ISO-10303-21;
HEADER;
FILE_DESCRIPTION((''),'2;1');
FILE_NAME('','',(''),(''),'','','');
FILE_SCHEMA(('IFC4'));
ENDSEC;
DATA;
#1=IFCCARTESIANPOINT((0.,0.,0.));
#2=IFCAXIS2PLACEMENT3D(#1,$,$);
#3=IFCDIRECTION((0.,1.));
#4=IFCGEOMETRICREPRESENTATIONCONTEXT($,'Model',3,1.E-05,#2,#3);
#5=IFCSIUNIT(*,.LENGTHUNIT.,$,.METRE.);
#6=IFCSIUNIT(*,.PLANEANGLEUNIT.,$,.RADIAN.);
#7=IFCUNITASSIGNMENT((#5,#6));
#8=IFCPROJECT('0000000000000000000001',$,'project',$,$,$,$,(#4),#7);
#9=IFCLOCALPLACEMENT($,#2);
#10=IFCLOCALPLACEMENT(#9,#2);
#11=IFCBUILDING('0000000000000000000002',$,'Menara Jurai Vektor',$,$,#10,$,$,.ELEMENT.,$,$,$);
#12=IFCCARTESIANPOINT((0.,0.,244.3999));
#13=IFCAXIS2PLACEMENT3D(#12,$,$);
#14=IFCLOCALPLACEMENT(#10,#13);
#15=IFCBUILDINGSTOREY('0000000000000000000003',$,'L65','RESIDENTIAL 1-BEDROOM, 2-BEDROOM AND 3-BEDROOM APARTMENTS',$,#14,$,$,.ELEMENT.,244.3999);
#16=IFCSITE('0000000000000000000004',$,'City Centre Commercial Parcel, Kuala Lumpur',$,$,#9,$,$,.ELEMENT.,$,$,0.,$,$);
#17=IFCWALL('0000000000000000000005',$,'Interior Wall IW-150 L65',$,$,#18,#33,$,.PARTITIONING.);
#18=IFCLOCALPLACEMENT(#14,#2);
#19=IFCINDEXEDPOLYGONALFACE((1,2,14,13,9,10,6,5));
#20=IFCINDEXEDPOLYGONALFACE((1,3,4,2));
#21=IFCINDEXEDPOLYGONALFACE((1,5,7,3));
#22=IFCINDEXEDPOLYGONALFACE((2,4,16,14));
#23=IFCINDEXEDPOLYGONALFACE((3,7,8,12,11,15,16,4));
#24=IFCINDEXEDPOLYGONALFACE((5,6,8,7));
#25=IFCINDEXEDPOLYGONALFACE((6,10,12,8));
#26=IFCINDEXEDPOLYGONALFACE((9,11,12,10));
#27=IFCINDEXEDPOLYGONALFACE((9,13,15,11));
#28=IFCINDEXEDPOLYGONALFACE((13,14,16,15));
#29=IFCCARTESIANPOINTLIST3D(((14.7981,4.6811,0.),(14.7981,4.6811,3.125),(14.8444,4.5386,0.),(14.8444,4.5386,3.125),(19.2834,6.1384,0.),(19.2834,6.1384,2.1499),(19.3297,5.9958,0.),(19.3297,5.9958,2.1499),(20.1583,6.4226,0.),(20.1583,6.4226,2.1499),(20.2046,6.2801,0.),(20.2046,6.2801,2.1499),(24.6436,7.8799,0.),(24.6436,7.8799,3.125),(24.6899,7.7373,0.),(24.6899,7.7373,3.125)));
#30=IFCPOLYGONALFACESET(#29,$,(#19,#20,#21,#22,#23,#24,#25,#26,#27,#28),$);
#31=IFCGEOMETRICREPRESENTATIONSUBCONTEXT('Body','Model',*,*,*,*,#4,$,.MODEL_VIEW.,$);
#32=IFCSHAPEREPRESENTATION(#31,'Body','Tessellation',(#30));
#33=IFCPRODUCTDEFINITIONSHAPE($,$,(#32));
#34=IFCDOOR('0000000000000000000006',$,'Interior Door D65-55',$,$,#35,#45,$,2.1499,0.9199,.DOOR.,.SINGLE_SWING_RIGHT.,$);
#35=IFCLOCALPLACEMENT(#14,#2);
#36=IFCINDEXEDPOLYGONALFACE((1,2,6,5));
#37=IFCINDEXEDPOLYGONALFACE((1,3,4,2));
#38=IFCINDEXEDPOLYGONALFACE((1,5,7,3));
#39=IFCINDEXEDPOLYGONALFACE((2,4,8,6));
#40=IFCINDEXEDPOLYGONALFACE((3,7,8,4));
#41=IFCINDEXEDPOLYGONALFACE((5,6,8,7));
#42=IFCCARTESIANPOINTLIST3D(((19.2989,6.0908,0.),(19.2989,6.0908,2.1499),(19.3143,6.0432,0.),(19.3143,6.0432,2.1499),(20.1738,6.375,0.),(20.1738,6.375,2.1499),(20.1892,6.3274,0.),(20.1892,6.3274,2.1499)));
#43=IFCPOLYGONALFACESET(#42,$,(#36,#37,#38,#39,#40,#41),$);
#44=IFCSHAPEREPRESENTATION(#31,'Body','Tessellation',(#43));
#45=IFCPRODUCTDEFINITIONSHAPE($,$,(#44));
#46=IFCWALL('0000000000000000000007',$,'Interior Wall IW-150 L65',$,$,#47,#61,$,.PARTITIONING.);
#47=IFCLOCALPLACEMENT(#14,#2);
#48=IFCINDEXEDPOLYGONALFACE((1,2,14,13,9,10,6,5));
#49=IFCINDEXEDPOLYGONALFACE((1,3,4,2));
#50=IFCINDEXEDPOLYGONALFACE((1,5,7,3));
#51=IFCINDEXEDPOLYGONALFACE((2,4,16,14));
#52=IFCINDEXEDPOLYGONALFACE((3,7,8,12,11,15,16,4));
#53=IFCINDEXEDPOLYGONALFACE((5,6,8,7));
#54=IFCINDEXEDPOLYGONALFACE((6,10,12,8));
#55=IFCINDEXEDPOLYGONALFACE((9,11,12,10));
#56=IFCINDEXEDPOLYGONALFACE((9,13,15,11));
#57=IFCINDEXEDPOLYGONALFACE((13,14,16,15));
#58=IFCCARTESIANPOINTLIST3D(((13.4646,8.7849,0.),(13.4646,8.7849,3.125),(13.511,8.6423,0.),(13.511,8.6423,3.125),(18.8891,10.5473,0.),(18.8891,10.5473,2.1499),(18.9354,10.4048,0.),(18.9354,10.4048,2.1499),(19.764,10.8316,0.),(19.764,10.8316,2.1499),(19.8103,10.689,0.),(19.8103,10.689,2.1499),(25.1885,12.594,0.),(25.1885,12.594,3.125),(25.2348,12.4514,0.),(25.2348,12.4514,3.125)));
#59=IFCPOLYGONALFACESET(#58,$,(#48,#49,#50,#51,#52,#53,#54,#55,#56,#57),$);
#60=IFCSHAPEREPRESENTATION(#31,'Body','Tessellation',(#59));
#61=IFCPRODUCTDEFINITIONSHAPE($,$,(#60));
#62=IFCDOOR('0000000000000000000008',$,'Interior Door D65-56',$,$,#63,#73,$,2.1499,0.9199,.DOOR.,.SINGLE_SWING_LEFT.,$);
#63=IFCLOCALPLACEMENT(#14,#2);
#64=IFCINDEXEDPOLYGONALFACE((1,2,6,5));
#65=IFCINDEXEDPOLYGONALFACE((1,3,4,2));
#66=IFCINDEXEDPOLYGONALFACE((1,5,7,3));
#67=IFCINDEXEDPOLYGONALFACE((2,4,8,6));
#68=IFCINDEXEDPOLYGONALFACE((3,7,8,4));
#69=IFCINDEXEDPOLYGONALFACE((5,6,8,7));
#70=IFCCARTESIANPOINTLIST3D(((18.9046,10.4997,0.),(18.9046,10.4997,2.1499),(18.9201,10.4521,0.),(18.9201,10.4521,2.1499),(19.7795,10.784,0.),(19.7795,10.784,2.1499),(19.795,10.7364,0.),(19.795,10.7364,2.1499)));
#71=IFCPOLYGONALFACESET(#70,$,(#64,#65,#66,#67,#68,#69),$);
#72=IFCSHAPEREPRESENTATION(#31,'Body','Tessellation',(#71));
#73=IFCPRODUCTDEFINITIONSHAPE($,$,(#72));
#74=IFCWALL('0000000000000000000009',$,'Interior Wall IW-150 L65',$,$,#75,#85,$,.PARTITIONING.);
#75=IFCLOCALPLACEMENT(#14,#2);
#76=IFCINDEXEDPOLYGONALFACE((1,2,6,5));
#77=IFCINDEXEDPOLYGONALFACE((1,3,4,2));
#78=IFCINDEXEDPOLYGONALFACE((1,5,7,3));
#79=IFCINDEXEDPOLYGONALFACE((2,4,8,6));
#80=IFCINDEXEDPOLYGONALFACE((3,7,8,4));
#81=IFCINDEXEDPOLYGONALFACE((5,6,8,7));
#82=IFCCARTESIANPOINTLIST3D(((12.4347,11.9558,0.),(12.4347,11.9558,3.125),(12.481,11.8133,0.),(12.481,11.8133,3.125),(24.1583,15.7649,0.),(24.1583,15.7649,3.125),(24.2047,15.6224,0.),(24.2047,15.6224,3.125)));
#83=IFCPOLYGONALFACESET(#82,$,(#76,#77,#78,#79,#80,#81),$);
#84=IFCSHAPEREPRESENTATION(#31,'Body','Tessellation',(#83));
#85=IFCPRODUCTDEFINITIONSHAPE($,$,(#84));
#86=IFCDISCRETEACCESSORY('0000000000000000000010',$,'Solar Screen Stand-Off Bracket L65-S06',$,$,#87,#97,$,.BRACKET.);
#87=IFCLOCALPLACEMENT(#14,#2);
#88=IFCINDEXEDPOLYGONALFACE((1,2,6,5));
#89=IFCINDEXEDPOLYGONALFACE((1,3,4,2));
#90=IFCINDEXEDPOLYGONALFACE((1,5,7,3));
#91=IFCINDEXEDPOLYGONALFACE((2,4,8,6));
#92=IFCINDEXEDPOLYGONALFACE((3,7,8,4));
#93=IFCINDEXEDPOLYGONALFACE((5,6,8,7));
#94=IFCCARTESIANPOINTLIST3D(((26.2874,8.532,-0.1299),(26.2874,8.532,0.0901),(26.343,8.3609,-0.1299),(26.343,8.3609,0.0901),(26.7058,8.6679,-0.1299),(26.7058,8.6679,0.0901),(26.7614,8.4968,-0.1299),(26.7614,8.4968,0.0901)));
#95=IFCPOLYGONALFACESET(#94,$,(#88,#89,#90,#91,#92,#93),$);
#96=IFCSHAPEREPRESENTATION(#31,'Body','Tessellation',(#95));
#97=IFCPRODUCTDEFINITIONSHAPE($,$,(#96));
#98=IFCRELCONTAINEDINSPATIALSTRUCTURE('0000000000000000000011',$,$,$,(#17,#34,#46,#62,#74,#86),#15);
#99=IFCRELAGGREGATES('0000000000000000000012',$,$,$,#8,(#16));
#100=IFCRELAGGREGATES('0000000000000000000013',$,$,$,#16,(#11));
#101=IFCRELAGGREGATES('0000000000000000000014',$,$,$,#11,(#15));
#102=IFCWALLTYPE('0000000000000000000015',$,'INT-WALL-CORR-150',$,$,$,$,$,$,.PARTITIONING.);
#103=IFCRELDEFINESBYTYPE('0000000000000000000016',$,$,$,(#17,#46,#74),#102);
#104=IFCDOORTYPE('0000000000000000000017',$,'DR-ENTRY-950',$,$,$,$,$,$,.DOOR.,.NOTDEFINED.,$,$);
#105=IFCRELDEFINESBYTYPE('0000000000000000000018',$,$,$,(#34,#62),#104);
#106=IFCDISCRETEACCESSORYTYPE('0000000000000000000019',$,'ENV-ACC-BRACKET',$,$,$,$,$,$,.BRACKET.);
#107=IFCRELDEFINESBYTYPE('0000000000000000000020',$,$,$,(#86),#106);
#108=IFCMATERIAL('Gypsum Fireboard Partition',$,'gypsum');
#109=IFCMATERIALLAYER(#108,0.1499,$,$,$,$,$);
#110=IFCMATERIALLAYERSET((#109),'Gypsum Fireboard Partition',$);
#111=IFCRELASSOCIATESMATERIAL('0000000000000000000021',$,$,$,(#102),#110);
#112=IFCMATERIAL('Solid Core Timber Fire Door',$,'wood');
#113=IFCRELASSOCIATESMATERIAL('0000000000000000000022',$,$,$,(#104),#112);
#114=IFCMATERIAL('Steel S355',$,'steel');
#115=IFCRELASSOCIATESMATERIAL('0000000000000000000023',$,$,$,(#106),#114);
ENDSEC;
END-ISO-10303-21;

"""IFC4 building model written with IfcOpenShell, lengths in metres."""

from ifc_helpers import new_model, si_unit, direction, frame, frame_2d, origin, origin_2d, place, context, subcontext, project, spatial, rectangle, extrude, material, layer, layer_set, type_object, element, fill, save


model = new_model("IFC4")

# Units and contexts
model_context = context("Model", 3, precision=1e-05, world=origin(), true_north=direction((0.0, 1.0)))
body_context = subcontext(model_context, "Body", "Model", "MODEL_VIEW")
ifc_project = project(units=[si_unit("LENGTHUNIT", "METRE"), si_unit("PLANEANGLEUNIT", "RADIAN")], contexts=[model_context])

# Site, building, storey
site_placement = place(None, origin())
site = spatial("IfcSite", under=ifc_project, at=site_placement, Name="City Centre Commercial Parcel, Kuala Lumpur", CompositionType="ELEMENT", RefElevation=0.0)
building_placement = place(site_placement, origin())
building = spatial("IfcBuilding", under=site, at=building_placement, Name="Menara Jurai Vektor", CompositionType="ELEMENT")
storey_placement = place(building_placement, frame((0.0, 0.0, 244.3999)))
storey = spatial("IfcBuildingStorey", under=building, at=storey_placement, Name="L65", Description="RESIDENTIAL 1-BEDROOM, 2-BEDROOM AND 3-BEDROOM APARTMENTS", CompositionType="ELEMENT", Elevation=244.3999)

# Shared definitions
ifc_material_1 = material(Name="Steel S355", Category="steel")

# Shared definitions
ifc_material_2 = material(Name="Gypsum Fireboard Partition", Category="gypsum")
ifc_layer_1 = layer(ifc_material_2, 0.1499)
ifc_layer_set_1 = layer_set([ifc_layer_1], Name="Gypsum Fireboard Partition")
wall_type = type_object("IfcWallType", Name="INT-WALL-CORR-150", PredefinedType="PARTITIONING", material=ifc_layer_set_1)
ifc_material_3 = material(Name="Solid Core Timber Fire Door", Category="wood")
door_type = type_object("IfcDoorType", Name="DR-ENTRY-950", OperationType="NOTDEFINED", PredefinedType="DOOR", material=ifc_material_3)

# Walls, openings, doors
wall_1_placement = place(storey_placement, frame((14.8213, 4.6099, 0.0), z_axis=(0.0, 0.0, 1.0), x_axis=(0.951064, 0.308995, 0.0)))
wall_1 = element("IfcWall", 1, at=wall_1_placement, inside=storey, type_object=wall_type, Name="Interior Wall IW-150 L65", PredefinedType="PARTITIONING", context=body_context, shape_type="SweptSolid", body=[
    extrude(rectangle(XDim=10.3521, YDim=0.1499, at=frame_2d((5.176, 0.0))), origin(), (0.0, 0.0, 1.0), 3.125),
])
opening_1_placement = place(wall_1_placement, frame((4.7161, 0.0, 0.0)))
opening_1 = element("IfcOpeningElement", 2, at=opening_1_placement, cuts=wall_1, PredefinedType="OPENING", context=body_context, shape_type="SweptSolid", body=[
    extrude(rectangle(XDim=0.9199, YDim=2.1499, at=frame_2d((0.46, 1.075))), frame((0.0, 0.085, 0.0), z_axis=(0.0, -1.0, 0.0), x_axis=(1.0, 0.0, 0.0)), (0.0, 0.0, 1.0), 0.1699),
])
door_1_placement = place(opening_1_placement, origin())
door_1 = element("IfcDoor", 3, at=door_1_placement, inside=storey, type_object=door_type, Name="Interior Door D65-55", OperationType="SINGLE_SWING_RIGHT", OverallHeight=2.1499, OverallWidth=0.9199, PredefinedType="DOOR", context=body_context, shape_type="SweptSolid", body=[
    extrude(rectangle(XDim=0.9199, YDim=2.1499, at=frame_2d((0.46, 1.075))), frame((0.0, 0.0249, 0.0), z_axis=(0.0, -1.0, 0.0), x_axis=(1.0, 0.0, 0.0)), (0.0, 0.0, 1.0), 0.05),
])
fill(opening_1, door_1)
wall_2_placement = place(storey_placement, frame((13.4878, 8.7136, 0.0), z_axis=(0.0, 0.0, 1.0), x_axis=(0.951062, 0.309, 0.0)))
wall_2 = element("IfcWall", 4, at=wall_2_placement, inside=storey, type_object=wall_type, Name="Interior Wall IW-150 L65", PredefinedType="PARTITIONING", context=body_context, shape_type="SweptSolid", body=[
    extrude(rectangle(XDim=12.3271, YDim=0.1499, at=frame_2d((6.1636, 0.0))), origin(), (0.0, 0.0, 1.0), 3.125),
])
opening_2_placement = place(wall_2_placement, frame((5.7036, 0.0, 0.0)))
opening_2 = element("IfcOpeningElement", 5, at=opening_2_placement, cuts=wall_2, PredefinedType="OPENING", context=body_context, shape_type="SweptSolid", body=[
    extrude(rectangle(XDim=0.9199, YDim=2.1499, at=frame_2d((0.46, 1.075))), frame((0.0, 0.085, 0.0), z_axis=(0.0, -1.0, 0.0), x_axis=(1.0, 0.0, 0.0)), (0.0, 0.0, 1.0), 0.1699),
])
door_2_placement = place(opening_2_placement, origin())
door_2 = element("IfcDoor", 6, at=door_2_placement, inside=storey, type_object=door_type, Name="Interior Door D65-56", OperationType="SINGLE_SWING_LEFT", OverallHeight=2.1499, OverallWidth=0.9199, PredefinedType="DOOR", context=body_context, shape_type="SweptSolid", body=[
    extrude(rectangle(XDim=0.9199, YDim=2.1499, at=frame_2d((0.46, 1.075))), frame((0.0, 0.0249, 0.0), z_axis=(0.0, -1.0, 0.0), x_axis=(1.0, 0.0, 0.0)), (0.0, 0.0, 1.0), 0.05),
])
fill(opening_2, door_2)

# Wall
wall_3_placement = place(storey_placement, frame((12.4578, 11.8845, 0.0), z_axis=(0.0, 0.0, 1.0), x_axis=(0.95106, 0.309005, 0.0)))
element("IfcWall", 7, at=wall_3_placement, inside=storey, type_object=wall_type, Name="Interior Wall IW-150 L65", PredefinedType="PARTITIONING", context=body_context, shape_type="SweptSolid", body=[
    extrude(rectangle(XDim=12.3269, YDim=0.1499, at=frame_2d((6.1636, 0.0))), origin(), (0.0, 0.0, 1.0), 3.125),
])

# Discrete accessory
discrete_accessory_type = type_object("IfcDiscreteAccessoryType", Name="ENV-ACC-BRACKET", PredefinedType="BRACKET", material=ifc_material_1)
discrete_accessory_placement = place(storey_placement, frame((26.5244, 8.5144, -0.1299), z_axis=(0.0, 0.0, 1.0), x_axis=(-0.309017, 0.951057, 0.0)))
element("IfcDiscreteAccessory", 8, at=discrete_accessory_placement, inside=storey, type_object=discrete_accessory_type, Name="Solar Screen Stand-Off Bracket L65-S06", PredefinedType="BRACKET", context=body_context, shape_type="SweptSolid", body=[
    extrude(rectangle(XDim=0.1799, YDim=0.4399, at=origin_2d()), origin(), (0.0, 0.0, 1.0), 0.22),
])

save(model, "model.ifc")
